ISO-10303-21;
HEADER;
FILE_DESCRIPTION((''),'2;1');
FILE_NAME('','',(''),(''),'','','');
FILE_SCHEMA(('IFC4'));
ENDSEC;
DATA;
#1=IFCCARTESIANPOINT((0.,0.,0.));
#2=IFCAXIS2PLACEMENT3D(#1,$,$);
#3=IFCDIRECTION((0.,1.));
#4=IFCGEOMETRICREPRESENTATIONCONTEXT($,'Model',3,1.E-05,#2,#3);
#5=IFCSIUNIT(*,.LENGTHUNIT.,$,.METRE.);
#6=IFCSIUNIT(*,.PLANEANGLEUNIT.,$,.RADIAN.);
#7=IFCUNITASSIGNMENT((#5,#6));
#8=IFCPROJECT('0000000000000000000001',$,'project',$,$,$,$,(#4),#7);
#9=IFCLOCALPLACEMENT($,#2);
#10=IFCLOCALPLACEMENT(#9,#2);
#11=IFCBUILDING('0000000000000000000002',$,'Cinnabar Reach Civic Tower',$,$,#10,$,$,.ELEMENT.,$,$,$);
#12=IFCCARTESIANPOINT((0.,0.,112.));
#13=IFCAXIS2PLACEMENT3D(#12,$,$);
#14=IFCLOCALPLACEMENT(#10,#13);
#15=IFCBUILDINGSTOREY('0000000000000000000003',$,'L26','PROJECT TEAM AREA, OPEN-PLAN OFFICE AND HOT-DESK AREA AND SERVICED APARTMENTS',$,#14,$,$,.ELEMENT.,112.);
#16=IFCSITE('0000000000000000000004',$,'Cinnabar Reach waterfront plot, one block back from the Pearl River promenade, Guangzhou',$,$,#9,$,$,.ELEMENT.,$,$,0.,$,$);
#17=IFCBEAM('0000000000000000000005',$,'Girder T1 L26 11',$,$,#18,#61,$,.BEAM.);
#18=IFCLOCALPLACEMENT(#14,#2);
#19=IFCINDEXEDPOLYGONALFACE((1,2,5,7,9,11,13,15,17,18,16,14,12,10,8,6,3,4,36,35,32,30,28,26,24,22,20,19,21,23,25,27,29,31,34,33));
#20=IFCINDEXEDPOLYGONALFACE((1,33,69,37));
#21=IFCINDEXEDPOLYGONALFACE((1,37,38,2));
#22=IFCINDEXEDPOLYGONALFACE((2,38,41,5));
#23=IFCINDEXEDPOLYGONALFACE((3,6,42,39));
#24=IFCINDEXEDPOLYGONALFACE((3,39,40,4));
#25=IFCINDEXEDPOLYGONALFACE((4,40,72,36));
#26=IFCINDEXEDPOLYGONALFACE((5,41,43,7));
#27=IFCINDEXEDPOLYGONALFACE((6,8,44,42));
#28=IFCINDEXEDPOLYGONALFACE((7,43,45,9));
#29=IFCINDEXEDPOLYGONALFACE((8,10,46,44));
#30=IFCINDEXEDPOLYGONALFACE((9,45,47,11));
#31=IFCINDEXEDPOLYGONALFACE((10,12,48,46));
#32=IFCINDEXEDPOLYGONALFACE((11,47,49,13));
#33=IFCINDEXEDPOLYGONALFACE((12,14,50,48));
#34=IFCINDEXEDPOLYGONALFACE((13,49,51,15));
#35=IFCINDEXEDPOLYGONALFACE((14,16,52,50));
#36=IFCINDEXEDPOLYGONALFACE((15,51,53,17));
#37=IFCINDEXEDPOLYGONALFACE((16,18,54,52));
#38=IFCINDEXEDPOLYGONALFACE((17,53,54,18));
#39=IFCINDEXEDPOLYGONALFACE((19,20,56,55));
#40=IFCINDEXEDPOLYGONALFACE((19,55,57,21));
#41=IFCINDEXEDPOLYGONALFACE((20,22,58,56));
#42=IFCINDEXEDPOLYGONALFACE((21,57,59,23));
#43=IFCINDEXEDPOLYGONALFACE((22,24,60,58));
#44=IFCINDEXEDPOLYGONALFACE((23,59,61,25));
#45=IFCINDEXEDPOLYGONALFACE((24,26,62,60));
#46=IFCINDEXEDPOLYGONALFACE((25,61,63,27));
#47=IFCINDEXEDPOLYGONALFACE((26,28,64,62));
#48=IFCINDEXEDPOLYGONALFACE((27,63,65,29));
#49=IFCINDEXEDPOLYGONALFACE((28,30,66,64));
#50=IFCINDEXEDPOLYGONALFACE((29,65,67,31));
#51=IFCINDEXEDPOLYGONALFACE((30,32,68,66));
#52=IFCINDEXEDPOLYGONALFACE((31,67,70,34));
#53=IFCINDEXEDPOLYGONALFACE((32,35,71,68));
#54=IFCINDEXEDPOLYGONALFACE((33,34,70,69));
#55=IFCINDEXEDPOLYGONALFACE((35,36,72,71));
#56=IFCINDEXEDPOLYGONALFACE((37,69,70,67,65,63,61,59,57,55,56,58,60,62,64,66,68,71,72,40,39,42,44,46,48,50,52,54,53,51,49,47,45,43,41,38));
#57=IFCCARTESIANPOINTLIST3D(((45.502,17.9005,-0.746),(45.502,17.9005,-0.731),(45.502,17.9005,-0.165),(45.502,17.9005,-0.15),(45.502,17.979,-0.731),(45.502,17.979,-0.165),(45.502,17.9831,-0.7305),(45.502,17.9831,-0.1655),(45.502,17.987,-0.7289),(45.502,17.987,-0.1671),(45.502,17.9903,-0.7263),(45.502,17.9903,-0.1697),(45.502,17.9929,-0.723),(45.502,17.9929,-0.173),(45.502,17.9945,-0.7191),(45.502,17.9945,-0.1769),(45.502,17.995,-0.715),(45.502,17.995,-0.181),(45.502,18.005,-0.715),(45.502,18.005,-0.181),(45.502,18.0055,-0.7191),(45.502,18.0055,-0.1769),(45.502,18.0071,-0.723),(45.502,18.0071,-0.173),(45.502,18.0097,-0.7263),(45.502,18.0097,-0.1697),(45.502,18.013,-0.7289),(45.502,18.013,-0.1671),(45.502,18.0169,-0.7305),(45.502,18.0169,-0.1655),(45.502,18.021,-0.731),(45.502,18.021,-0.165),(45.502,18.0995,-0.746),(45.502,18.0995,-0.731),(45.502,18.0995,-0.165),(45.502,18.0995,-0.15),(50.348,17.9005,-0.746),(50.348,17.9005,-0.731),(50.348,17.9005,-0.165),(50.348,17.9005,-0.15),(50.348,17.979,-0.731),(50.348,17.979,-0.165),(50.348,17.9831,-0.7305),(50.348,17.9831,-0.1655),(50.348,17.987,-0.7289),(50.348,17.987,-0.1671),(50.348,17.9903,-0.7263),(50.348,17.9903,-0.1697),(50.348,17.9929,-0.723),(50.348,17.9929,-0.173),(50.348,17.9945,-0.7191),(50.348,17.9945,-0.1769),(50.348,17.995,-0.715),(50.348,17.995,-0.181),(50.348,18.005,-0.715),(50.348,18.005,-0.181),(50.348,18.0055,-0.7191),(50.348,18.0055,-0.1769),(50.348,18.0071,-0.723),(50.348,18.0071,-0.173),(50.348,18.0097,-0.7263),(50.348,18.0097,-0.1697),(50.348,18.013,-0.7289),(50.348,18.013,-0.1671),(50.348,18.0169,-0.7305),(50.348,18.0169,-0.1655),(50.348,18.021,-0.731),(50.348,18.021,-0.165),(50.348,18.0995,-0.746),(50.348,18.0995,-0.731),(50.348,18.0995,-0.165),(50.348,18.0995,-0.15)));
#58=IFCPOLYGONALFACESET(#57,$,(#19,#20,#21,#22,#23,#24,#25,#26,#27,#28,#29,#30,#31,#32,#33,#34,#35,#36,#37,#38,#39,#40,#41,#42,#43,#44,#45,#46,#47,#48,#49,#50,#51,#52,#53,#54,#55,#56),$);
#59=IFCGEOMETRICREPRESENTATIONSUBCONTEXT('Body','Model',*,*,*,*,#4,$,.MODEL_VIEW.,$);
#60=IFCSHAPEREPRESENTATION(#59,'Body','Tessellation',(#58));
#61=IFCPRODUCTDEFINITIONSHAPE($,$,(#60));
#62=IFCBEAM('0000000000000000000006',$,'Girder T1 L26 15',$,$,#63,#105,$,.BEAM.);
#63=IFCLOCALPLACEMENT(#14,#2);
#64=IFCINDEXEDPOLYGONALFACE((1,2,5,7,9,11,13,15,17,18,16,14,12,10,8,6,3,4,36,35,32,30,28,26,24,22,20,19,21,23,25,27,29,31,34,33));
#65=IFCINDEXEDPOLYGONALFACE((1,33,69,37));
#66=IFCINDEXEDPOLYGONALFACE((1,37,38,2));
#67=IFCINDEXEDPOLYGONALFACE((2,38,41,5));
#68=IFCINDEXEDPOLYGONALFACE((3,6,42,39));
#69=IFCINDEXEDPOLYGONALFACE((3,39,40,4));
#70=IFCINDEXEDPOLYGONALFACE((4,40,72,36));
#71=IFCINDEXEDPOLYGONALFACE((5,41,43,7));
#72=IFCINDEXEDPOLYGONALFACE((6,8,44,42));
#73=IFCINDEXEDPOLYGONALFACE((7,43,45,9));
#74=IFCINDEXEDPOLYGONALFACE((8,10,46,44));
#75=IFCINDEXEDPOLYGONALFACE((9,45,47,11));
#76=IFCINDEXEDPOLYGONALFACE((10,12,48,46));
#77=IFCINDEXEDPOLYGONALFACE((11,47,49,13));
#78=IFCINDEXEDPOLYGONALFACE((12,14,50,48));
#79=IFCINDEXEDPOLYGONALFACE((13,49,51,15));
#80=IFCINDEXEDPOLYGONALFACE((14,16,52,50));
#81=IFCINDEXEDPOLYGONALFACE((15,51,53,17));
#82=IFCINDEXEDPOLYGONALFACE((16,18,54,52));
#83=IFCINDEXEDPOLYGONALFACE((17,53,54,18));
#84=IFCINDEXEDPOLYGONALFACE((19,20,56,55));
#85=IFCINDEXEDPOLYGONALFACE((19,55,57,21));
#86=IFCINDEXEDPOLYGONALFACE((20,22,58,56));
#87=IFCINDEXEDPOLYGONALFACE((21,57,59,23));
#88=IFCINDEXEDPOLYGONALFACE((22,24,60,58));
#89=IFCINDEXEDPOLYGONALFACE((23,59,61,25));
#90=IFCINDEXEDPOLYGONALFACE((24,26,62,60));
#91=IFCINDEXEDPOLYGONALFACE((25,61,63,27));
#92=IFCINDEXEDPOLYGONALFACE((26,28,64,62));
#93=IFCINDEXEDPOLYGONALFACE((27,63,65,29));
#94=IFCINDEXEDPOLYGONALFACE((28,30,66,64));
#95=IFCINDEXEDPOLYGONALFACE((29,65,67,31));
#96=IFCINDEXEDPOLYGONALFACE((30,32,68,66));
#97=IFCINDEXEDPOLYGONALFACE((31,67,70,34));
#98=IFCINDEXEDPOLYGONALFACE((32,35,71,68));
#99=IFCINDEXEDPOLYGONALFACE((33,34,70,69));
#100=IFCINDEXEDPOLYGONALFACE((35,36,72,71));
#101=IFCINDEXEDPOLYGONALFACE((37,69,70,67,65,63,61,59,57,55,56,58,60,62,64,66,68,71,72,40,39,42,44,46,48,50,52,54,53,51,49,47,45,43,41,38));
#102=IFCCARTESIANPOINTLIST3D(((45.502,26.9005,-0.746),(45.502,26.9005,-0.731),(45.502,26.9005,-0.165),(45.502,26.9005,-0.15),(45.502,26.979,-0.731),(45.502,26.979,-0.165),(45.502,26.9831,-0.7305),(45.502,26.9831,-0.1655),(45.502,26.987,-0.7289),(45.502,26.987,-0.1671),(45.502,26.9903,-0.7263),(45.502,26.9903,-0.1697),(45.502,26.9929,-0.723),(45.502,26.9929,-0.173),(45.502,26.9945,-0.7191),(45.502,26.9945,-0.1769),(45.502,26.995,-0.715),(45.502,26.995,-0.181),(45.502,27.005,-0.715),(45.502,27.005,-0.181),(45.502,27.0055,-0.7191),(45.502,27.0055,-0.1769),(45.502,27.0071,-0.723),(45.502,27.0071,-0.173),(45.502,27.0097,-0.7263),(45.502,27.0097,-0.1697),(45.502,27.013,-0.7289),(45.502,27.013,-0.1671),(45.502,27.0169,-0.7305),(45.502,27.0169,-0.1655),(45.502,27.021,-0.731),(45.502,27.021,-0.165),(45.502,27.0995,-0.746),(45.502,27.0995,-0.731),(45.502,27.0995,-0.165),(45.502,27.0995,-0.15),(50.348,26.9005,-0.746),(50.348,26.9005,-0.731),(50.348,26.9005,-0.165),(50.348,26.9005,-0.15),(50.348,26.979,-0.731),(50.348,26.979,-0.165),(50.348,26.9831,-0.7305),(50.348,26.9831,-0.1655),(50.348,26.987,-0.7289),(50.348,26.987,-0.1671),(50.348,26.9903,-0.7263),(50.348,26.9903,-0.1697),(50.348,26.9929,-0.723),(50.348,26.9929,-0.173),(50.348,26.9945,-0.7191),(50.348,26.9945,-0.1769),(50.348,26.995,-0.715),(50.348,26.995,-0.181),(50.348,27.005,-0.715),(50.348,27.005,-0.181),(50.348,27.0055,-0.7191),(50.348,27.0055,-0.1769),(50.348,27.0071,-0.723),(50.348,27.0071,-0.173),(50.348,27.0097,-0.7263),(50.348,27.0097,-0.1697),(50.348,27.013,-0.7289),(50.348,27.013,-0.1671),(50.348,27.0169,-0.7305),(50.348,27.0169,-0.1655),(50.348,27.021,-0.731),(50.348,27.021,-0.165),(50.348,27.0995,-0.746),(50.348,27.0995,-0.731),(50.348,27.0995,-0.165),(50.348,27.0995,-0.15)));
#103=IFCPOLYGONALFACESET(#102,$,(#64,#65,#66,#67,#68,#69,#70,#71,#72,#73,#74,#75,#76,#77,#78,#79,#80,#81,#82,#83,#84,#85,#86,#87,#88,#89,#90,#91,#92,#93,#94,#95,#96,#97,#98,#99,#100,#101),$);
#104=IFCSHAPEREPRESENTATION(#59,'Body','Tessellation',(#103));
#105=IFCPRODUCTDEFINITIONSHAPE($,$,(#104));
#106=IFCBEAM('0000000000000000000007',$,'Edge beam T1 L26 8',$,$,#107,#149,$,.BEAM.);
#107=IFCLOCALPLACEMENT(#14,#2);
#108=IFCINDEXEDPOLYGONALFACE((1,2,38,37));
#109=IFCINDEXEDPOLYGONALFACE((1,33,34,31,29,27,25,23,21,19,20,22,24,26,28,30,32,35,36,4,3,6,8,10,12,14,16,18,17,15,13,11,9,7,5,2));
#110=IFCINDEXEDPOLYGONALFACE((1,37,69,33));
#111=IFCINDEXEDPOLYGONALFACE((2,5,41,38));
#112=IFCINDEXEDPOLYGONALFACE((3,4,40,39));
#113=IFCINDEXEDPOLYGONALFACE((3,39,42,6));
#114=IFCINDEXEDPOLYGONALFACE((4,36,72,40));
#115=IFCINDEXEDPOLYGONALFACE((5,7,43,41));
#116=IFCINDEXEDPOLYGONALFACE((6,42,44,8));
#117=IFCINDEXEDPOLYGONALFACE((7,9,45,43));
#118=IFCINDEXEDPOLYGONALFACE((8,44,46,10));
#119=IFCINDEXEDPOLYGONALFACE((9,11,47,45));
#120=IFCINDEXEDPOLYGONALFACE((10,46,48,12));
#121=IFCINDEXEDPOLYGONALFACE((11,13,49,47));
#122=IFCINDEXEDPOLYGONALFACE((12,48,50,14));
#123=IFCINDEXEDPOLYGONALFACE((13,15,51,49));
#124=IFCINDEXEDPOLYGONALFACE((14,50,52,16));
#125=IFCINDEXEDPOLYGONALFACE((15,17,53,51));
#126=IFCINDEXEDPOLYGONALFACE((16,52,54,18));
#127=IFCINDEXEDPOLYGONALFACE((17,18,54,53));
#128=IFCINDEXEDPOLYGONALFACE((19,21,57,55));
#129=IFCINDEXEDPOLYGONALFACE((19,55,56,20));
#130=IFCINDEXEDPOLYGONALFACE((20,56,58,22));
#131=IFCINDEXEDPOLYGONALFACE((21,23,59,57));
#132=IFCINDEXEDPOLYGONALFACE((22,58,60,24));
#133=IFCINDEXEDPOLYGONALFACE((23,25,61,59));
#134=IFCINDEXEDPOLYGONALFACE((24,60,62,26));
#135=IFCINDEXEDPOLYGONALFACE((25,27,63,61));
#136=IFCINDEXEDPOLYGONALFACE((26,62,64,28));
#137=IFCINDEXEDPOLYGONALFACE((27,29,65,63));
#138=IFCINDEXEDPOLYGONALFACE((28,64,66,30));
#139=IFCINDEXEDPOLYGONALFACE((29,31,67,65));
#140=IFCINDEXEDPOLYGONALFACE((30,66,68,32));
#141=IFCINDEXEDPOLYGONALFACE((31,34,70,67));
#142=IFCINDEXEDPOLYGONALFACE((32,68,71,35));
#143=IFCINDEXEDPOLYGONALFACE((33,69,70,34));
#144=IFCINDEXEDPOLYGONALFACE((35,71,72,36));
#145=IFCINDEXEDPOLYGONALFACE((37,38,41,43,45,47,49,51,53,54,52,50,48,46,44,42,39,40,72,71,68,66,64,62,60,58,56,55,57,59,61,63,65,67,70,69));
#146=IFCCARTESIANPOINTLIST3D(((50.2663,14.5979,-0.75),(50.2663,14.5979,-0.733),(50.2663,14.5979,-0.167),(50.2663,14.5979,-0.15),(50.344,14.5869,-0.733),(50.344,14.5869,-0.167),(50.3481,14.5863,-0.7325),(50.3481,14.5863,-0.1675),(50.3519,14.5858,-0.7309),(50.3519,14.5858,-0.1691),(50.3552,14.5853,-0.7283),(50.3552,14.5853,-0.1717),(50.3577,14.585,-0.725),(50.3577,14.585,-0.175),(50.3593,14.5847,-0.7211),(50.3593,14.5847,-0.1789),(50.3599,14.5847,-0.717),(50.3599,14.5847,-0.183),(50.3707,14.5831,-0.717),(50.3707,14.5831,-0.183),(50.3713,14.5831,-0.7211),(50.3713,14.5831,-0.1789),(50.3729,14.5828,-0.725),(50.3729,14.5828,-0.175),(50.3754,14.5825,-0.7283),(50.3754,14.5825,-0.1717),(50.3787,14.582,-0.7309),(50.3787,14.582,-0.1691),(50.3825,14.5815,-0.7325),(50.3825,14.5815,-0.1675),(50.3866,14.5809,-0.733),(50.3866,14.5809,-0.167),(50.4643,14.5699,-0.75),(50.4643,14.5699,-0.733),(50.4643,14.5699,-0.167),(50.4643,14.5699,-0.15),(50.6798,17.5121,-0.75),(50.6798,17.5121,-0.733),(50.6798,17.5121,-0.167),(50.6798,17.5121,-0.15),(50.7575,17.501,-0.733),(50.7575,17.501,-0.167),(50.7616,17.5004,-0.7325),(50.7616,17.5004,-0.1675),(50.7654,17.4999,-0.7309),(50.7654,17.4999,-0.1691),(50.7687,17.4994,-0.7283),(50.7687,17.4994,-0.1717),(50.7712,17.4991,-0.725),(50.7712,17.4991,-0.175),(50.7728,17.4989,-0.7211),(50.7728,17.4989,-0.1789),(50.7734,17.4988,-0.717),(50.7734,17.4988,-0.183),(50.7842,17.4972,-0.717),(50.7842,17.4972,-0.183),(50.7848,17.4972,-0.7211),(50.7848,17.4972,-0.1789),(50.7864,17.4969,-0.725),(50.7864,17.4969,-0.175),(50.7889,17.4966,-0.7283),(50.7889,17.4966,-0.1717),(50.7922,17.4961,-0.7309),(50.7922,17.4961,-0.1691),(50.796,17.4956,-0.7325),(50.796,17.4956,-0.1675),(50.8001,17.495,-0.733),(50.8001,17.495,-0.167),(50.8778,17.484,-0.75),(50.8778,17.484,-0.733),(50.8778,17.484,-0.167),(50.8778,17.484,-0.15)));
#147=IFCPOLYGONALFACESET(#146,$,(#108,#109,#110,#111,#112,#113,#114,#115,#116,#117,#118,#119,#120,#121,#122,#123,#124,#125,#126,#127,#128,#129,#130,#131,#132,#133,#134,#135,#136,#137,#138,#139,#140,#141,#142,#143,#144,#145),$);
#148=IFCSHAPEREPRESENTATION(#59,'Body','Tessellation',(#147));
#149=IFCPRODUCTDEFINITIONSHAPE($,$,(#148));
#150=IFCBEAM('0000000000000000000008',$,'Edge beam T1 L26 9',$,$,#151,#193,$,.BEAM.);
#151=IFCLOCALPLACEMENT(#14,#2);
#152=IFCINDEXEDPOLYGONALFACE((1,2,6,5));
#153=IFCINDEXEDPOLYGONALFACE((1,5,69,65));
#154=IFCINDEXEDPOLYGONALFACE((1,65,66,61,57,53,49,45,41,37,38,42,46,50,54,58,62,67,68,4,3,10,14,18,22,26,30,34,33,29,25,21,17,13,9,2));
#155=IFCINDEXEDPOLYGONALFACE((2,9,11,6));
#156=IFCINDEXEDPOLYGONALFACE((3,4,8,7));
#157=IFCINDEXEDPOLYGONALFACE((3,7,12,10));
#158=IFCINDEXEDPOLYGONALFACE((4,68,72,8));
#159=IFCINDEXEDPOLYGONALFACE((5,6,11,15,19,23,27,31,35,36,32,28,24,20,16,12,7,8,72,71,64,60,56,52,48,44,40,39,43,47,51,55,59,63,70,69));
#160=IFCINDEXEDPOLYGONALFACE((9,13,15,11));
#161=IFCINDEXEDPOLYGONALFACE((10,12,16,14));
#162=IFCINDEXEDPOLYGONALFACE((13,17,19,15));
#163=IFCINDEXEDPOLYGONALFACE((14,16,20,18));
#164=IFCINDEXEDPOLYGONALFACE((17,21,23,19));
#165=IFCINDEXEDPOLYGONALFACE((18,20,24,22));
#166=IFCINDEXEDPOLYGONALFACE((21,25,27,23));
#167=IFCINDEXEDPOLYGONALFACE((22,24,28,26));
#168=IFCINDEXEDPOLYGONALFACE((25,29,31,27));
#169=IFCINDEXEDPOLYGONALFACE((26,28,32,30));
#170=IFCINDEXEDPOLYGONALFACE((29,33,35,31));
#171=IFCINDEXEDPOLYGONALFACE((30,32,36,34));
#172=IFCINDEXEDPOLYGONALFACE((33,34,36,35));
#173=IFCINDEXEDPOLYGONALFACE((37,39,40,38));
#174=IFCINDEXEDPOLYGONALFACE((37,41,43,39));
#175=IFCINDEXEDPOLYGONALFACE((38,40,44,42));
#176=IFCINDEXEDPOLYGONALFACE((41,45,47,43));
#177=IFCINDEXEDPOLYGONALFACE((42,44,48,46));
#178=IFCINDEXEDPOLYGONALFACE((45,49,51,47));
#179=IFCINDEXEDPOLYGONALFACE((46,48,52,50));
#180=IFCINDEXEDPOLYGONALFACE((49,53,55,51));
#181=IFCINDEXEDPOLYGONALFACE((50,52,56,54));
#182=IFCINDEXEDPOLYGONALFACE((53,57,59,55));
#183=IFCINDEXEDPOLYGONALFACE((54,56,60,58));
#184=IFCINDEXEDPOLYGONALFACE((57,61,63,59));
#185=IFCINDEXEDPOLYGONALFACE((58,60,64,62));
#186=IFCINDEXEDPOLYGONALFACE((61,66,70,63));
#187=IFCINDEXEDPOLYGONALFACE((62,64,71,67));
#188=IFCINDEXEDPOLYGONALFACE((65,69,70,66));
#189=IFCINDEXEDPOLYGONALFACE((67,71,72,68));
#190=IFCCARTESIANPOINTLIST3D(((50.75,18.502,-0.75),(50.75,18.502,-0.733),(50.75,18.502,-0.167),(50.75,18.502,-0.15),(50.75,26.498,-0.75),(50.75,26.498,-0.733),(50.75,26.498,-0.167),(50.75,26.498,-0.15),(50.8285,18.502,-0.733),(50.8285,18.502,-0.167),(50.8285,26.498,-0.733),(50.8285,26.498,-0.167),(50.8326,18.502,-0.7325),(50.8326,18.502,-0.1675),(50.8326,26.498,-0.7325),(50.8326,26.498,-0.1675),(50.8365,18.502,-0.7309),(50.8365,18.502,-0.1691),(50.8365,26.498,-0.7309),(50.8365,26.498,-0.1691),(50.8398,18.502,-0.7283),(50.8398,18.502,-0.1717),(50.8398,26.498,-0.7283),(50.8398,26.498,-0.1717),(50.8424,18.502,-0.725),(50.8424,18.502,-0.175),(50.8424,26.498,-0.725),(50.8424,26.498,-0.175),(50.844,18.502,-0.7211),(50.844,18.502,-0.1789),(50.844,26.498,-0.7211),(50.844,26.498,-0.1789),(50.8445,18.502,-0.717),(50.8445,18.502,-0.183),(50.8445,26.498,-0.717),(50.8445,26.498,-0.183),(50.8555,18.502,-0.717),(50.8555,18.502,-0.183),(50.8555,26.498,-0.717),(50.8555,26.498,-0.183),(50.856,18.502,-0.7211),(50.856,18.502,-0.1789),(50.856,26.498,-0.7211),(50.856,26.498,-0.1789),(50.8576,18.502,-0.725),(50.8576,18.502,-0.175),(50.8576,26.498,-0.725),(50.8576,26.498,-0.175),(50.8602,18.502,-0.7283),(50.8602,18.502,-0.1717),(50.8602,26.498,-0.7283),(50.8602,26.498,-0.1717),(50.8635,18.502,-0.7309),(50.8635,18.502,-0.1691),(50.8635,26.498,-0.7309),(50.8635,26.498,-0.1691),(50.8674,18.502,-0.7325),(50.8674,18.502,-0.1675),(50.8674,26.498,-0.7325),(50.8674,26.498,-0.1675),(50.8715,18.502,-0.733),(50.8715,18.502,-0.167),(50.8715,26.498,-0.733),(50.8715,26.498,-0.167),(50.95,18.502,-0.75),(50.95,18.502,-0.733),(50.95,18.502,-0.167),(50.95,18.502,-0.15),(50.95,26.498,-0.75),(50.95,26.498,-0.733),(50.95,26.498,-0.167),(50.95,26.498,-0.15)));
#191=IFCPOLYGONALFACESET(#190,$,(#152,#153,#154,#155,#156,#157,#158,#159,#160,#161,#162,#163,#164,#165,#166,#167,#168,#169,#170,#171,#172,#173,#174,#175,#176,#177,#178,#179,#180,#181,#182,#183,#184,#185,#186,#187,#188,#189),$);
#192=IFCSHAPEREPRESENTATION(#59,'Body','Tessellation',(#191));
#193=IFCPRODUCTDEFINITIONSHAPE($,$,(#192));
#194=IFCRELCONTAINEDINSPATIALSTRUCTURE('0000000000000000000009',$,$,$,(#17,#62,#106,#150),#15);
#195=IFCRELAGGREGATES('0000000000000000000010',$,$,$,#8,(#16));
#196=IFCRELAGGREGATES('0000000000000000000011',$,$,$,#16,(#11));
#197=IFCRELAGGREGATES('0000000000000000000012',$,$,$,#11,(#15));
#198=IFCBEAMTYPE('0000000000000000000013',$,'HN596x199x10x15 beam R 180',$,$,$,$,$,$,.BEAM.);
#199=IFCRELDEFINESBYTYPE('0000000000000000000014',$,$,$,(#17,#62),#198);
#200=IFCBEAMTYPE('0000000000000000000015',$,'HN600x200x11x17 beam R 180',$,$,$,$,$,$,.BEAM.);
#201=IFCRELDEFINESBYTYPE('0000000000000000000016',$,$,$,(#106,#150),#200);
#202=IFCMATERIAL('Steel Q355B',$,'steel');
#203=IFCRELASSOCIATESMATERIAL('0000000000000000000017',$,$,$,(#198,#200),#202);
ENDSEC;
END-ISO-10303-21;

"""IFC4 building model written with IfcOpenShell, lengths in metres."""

from ifc_helpers import new_model, si_unit, direction, frame, origin, origin_2d, place, context, subcontext, project, spatial, i_section, extrude, material, material_profile, profile_set, type_object, element, save


model = new_model("IFC4")

# Units and contexts
model_context = context("Model", 3, precision=1e-05, world=origin(), true_north=direction((0.0, 1.0)))
body_context = subcontext(model_context, "Body", "Model", "MODEL_VIEW")
ifc_project = project(units=[si_unit("LENGTHUNIT", "METRE"), si_unit("PLANEANGLEUNIT", "RADIAN")], contexts=[model_context])

# Site, building, storey
site_placement = place(None, origin())
site = spatial("IfcSite", under=ifc_project, at=site_placement, Name="Cinnabar Reach waterfront plot, one block back from the Pearl River promenade, Guangzhou", CompositionType="ELEMENT", RefElevation=0.0)
building_placement = place(site_placement, origin())
building = spatial("IfcBuilding", under=site, at=building_placement, Name="Cinnabar Reach Civic Tower", CompositionType="ELEMENT")
storey_placement = place(building_placement, frame((0.0, 0.0, 112.0)))
storey = spatial("IfcBuildingStorey", under=building, at=storey_placement, Name="L26", Description="PROJECT TEAM AREA, OPEN-PLAN OFFICE AND HOT-DESK AREA AND SERVICED APARTMENTS", CompositionType="ELEMENT", Elevation=112.0)

# Beams
ifc_material_1 = material(Name="Steel Q355B", Category="steel")
ifc_material_profile_1 = material_profile(ifc_material_1, i_section(OverallWidth=0.199, OverallDepth=0.596, WebThickness=0.01, FlangeThickness=0.015, FilletRadius=0.016, at=origin_2d()), Name="HN596x199x10x15")
ifc_profile_set_1 = profile_set([ifc_material_profile_1], Name="Steel Q355B")
beam_type_1 = type_object("IfcBeamType", Name="HN596x199x10x15 beam R 180", PredefinedType="BEAM", material=ifc_profile_set_1)
for number, where, z_axis, x_axis, name in (
    (1, (45.502, 18.0, -0.448), (1.0, 0.0, 0.0), (0.0, 1.0, 0.0), "Girder T1 L26 11"),
    (2, (45.502, 27.0, -0.448), (1.0, 0.0, 0.0), (0.0, 1.0, 0.0), "Girder T1 L26 15"),
):
    element("IfcBeam", number, at=place(storey_placement, frame(where, z_axis=z_axis, x_axis=x_axis)), inside=storey, type_object=beam_type_1, Name=name, PredefinedType="BEAM", context=body_context, shape_type="SweptSolid", body=[
        extrude(i_section(OverallWidth=0.199, OverallDepth=0.596, WebThickness=0.01, FlangeThickness=0.015, FilletRadius=0.016, at=origin_2d()), origin(), (0.0, 0.0, 1.0), 4.846),
    ])
ifc_material_profile_2 = material_profile(ifc_material_1, i_section(OverallWidth=0.2, OverallDepth=0.6, WebThickness=0.011, FlangeThickness=0.017, FilletRadius=0.016, at=origin_2d()), Name="HN600x200x11x17")
ifc_profile_set_2 = profile_set([ifc_material_profile_2], Name="Steel Q355B")
beam_type_2 = type_object("IfcBeamType", Name="HN600x200x11x17 beam R 180", PredefinedType="BEAM", material=ifc_profile_set_2)
beam_1_placement = place(storey_placement, frame((50.3653, 14.5839, -0.45), z_axis=(0.140489, 0.990082, 0.0), x_axis=(-0.990082, 0.140489, 0.0)))
element("IfcBeam", 3, at=beam_1_placement, inside=storey, type_object=beam_type_2, Name="Edge beam T1 L26 8", PredefinedType="BEAM", context=body_context, shape_type="SweptSolid", body=[
    extrude(i_section(OverallWidth=0.2, OverallDepth=0.6, WebThickness=0.011, FlangeThickness=0.017, FilletRadius=0.016, at=origin_2d()), origin(), (0.0, 0.0, 1.0), 2.9433),
])
beam_2_placement = place(storey_placement, frame((50.85, 18.502, -0.45), z_axis=(0.0, 1.0, 0.0), x_axis=(-1.0, 0.0, 0.0)))
element("IfcBeam", 4, at=beam_2_placement, inside=storey, type_object=beam_type_2, Name="Edge beam T1 L26 9", PredefinedType="BEAM", context=body_context, shape_type="SweptSolid", body=[
    extrude(i_section(OverallWidth=0.2, OverallDepth=0.6, WebThickness=0.011, FlangeThickness=0.017, FilletRadius=0.016, at=origin_2d()), origin(), (0.0, 0.0, 1.0), 7.996),
])

save(model, "model.ifc")
